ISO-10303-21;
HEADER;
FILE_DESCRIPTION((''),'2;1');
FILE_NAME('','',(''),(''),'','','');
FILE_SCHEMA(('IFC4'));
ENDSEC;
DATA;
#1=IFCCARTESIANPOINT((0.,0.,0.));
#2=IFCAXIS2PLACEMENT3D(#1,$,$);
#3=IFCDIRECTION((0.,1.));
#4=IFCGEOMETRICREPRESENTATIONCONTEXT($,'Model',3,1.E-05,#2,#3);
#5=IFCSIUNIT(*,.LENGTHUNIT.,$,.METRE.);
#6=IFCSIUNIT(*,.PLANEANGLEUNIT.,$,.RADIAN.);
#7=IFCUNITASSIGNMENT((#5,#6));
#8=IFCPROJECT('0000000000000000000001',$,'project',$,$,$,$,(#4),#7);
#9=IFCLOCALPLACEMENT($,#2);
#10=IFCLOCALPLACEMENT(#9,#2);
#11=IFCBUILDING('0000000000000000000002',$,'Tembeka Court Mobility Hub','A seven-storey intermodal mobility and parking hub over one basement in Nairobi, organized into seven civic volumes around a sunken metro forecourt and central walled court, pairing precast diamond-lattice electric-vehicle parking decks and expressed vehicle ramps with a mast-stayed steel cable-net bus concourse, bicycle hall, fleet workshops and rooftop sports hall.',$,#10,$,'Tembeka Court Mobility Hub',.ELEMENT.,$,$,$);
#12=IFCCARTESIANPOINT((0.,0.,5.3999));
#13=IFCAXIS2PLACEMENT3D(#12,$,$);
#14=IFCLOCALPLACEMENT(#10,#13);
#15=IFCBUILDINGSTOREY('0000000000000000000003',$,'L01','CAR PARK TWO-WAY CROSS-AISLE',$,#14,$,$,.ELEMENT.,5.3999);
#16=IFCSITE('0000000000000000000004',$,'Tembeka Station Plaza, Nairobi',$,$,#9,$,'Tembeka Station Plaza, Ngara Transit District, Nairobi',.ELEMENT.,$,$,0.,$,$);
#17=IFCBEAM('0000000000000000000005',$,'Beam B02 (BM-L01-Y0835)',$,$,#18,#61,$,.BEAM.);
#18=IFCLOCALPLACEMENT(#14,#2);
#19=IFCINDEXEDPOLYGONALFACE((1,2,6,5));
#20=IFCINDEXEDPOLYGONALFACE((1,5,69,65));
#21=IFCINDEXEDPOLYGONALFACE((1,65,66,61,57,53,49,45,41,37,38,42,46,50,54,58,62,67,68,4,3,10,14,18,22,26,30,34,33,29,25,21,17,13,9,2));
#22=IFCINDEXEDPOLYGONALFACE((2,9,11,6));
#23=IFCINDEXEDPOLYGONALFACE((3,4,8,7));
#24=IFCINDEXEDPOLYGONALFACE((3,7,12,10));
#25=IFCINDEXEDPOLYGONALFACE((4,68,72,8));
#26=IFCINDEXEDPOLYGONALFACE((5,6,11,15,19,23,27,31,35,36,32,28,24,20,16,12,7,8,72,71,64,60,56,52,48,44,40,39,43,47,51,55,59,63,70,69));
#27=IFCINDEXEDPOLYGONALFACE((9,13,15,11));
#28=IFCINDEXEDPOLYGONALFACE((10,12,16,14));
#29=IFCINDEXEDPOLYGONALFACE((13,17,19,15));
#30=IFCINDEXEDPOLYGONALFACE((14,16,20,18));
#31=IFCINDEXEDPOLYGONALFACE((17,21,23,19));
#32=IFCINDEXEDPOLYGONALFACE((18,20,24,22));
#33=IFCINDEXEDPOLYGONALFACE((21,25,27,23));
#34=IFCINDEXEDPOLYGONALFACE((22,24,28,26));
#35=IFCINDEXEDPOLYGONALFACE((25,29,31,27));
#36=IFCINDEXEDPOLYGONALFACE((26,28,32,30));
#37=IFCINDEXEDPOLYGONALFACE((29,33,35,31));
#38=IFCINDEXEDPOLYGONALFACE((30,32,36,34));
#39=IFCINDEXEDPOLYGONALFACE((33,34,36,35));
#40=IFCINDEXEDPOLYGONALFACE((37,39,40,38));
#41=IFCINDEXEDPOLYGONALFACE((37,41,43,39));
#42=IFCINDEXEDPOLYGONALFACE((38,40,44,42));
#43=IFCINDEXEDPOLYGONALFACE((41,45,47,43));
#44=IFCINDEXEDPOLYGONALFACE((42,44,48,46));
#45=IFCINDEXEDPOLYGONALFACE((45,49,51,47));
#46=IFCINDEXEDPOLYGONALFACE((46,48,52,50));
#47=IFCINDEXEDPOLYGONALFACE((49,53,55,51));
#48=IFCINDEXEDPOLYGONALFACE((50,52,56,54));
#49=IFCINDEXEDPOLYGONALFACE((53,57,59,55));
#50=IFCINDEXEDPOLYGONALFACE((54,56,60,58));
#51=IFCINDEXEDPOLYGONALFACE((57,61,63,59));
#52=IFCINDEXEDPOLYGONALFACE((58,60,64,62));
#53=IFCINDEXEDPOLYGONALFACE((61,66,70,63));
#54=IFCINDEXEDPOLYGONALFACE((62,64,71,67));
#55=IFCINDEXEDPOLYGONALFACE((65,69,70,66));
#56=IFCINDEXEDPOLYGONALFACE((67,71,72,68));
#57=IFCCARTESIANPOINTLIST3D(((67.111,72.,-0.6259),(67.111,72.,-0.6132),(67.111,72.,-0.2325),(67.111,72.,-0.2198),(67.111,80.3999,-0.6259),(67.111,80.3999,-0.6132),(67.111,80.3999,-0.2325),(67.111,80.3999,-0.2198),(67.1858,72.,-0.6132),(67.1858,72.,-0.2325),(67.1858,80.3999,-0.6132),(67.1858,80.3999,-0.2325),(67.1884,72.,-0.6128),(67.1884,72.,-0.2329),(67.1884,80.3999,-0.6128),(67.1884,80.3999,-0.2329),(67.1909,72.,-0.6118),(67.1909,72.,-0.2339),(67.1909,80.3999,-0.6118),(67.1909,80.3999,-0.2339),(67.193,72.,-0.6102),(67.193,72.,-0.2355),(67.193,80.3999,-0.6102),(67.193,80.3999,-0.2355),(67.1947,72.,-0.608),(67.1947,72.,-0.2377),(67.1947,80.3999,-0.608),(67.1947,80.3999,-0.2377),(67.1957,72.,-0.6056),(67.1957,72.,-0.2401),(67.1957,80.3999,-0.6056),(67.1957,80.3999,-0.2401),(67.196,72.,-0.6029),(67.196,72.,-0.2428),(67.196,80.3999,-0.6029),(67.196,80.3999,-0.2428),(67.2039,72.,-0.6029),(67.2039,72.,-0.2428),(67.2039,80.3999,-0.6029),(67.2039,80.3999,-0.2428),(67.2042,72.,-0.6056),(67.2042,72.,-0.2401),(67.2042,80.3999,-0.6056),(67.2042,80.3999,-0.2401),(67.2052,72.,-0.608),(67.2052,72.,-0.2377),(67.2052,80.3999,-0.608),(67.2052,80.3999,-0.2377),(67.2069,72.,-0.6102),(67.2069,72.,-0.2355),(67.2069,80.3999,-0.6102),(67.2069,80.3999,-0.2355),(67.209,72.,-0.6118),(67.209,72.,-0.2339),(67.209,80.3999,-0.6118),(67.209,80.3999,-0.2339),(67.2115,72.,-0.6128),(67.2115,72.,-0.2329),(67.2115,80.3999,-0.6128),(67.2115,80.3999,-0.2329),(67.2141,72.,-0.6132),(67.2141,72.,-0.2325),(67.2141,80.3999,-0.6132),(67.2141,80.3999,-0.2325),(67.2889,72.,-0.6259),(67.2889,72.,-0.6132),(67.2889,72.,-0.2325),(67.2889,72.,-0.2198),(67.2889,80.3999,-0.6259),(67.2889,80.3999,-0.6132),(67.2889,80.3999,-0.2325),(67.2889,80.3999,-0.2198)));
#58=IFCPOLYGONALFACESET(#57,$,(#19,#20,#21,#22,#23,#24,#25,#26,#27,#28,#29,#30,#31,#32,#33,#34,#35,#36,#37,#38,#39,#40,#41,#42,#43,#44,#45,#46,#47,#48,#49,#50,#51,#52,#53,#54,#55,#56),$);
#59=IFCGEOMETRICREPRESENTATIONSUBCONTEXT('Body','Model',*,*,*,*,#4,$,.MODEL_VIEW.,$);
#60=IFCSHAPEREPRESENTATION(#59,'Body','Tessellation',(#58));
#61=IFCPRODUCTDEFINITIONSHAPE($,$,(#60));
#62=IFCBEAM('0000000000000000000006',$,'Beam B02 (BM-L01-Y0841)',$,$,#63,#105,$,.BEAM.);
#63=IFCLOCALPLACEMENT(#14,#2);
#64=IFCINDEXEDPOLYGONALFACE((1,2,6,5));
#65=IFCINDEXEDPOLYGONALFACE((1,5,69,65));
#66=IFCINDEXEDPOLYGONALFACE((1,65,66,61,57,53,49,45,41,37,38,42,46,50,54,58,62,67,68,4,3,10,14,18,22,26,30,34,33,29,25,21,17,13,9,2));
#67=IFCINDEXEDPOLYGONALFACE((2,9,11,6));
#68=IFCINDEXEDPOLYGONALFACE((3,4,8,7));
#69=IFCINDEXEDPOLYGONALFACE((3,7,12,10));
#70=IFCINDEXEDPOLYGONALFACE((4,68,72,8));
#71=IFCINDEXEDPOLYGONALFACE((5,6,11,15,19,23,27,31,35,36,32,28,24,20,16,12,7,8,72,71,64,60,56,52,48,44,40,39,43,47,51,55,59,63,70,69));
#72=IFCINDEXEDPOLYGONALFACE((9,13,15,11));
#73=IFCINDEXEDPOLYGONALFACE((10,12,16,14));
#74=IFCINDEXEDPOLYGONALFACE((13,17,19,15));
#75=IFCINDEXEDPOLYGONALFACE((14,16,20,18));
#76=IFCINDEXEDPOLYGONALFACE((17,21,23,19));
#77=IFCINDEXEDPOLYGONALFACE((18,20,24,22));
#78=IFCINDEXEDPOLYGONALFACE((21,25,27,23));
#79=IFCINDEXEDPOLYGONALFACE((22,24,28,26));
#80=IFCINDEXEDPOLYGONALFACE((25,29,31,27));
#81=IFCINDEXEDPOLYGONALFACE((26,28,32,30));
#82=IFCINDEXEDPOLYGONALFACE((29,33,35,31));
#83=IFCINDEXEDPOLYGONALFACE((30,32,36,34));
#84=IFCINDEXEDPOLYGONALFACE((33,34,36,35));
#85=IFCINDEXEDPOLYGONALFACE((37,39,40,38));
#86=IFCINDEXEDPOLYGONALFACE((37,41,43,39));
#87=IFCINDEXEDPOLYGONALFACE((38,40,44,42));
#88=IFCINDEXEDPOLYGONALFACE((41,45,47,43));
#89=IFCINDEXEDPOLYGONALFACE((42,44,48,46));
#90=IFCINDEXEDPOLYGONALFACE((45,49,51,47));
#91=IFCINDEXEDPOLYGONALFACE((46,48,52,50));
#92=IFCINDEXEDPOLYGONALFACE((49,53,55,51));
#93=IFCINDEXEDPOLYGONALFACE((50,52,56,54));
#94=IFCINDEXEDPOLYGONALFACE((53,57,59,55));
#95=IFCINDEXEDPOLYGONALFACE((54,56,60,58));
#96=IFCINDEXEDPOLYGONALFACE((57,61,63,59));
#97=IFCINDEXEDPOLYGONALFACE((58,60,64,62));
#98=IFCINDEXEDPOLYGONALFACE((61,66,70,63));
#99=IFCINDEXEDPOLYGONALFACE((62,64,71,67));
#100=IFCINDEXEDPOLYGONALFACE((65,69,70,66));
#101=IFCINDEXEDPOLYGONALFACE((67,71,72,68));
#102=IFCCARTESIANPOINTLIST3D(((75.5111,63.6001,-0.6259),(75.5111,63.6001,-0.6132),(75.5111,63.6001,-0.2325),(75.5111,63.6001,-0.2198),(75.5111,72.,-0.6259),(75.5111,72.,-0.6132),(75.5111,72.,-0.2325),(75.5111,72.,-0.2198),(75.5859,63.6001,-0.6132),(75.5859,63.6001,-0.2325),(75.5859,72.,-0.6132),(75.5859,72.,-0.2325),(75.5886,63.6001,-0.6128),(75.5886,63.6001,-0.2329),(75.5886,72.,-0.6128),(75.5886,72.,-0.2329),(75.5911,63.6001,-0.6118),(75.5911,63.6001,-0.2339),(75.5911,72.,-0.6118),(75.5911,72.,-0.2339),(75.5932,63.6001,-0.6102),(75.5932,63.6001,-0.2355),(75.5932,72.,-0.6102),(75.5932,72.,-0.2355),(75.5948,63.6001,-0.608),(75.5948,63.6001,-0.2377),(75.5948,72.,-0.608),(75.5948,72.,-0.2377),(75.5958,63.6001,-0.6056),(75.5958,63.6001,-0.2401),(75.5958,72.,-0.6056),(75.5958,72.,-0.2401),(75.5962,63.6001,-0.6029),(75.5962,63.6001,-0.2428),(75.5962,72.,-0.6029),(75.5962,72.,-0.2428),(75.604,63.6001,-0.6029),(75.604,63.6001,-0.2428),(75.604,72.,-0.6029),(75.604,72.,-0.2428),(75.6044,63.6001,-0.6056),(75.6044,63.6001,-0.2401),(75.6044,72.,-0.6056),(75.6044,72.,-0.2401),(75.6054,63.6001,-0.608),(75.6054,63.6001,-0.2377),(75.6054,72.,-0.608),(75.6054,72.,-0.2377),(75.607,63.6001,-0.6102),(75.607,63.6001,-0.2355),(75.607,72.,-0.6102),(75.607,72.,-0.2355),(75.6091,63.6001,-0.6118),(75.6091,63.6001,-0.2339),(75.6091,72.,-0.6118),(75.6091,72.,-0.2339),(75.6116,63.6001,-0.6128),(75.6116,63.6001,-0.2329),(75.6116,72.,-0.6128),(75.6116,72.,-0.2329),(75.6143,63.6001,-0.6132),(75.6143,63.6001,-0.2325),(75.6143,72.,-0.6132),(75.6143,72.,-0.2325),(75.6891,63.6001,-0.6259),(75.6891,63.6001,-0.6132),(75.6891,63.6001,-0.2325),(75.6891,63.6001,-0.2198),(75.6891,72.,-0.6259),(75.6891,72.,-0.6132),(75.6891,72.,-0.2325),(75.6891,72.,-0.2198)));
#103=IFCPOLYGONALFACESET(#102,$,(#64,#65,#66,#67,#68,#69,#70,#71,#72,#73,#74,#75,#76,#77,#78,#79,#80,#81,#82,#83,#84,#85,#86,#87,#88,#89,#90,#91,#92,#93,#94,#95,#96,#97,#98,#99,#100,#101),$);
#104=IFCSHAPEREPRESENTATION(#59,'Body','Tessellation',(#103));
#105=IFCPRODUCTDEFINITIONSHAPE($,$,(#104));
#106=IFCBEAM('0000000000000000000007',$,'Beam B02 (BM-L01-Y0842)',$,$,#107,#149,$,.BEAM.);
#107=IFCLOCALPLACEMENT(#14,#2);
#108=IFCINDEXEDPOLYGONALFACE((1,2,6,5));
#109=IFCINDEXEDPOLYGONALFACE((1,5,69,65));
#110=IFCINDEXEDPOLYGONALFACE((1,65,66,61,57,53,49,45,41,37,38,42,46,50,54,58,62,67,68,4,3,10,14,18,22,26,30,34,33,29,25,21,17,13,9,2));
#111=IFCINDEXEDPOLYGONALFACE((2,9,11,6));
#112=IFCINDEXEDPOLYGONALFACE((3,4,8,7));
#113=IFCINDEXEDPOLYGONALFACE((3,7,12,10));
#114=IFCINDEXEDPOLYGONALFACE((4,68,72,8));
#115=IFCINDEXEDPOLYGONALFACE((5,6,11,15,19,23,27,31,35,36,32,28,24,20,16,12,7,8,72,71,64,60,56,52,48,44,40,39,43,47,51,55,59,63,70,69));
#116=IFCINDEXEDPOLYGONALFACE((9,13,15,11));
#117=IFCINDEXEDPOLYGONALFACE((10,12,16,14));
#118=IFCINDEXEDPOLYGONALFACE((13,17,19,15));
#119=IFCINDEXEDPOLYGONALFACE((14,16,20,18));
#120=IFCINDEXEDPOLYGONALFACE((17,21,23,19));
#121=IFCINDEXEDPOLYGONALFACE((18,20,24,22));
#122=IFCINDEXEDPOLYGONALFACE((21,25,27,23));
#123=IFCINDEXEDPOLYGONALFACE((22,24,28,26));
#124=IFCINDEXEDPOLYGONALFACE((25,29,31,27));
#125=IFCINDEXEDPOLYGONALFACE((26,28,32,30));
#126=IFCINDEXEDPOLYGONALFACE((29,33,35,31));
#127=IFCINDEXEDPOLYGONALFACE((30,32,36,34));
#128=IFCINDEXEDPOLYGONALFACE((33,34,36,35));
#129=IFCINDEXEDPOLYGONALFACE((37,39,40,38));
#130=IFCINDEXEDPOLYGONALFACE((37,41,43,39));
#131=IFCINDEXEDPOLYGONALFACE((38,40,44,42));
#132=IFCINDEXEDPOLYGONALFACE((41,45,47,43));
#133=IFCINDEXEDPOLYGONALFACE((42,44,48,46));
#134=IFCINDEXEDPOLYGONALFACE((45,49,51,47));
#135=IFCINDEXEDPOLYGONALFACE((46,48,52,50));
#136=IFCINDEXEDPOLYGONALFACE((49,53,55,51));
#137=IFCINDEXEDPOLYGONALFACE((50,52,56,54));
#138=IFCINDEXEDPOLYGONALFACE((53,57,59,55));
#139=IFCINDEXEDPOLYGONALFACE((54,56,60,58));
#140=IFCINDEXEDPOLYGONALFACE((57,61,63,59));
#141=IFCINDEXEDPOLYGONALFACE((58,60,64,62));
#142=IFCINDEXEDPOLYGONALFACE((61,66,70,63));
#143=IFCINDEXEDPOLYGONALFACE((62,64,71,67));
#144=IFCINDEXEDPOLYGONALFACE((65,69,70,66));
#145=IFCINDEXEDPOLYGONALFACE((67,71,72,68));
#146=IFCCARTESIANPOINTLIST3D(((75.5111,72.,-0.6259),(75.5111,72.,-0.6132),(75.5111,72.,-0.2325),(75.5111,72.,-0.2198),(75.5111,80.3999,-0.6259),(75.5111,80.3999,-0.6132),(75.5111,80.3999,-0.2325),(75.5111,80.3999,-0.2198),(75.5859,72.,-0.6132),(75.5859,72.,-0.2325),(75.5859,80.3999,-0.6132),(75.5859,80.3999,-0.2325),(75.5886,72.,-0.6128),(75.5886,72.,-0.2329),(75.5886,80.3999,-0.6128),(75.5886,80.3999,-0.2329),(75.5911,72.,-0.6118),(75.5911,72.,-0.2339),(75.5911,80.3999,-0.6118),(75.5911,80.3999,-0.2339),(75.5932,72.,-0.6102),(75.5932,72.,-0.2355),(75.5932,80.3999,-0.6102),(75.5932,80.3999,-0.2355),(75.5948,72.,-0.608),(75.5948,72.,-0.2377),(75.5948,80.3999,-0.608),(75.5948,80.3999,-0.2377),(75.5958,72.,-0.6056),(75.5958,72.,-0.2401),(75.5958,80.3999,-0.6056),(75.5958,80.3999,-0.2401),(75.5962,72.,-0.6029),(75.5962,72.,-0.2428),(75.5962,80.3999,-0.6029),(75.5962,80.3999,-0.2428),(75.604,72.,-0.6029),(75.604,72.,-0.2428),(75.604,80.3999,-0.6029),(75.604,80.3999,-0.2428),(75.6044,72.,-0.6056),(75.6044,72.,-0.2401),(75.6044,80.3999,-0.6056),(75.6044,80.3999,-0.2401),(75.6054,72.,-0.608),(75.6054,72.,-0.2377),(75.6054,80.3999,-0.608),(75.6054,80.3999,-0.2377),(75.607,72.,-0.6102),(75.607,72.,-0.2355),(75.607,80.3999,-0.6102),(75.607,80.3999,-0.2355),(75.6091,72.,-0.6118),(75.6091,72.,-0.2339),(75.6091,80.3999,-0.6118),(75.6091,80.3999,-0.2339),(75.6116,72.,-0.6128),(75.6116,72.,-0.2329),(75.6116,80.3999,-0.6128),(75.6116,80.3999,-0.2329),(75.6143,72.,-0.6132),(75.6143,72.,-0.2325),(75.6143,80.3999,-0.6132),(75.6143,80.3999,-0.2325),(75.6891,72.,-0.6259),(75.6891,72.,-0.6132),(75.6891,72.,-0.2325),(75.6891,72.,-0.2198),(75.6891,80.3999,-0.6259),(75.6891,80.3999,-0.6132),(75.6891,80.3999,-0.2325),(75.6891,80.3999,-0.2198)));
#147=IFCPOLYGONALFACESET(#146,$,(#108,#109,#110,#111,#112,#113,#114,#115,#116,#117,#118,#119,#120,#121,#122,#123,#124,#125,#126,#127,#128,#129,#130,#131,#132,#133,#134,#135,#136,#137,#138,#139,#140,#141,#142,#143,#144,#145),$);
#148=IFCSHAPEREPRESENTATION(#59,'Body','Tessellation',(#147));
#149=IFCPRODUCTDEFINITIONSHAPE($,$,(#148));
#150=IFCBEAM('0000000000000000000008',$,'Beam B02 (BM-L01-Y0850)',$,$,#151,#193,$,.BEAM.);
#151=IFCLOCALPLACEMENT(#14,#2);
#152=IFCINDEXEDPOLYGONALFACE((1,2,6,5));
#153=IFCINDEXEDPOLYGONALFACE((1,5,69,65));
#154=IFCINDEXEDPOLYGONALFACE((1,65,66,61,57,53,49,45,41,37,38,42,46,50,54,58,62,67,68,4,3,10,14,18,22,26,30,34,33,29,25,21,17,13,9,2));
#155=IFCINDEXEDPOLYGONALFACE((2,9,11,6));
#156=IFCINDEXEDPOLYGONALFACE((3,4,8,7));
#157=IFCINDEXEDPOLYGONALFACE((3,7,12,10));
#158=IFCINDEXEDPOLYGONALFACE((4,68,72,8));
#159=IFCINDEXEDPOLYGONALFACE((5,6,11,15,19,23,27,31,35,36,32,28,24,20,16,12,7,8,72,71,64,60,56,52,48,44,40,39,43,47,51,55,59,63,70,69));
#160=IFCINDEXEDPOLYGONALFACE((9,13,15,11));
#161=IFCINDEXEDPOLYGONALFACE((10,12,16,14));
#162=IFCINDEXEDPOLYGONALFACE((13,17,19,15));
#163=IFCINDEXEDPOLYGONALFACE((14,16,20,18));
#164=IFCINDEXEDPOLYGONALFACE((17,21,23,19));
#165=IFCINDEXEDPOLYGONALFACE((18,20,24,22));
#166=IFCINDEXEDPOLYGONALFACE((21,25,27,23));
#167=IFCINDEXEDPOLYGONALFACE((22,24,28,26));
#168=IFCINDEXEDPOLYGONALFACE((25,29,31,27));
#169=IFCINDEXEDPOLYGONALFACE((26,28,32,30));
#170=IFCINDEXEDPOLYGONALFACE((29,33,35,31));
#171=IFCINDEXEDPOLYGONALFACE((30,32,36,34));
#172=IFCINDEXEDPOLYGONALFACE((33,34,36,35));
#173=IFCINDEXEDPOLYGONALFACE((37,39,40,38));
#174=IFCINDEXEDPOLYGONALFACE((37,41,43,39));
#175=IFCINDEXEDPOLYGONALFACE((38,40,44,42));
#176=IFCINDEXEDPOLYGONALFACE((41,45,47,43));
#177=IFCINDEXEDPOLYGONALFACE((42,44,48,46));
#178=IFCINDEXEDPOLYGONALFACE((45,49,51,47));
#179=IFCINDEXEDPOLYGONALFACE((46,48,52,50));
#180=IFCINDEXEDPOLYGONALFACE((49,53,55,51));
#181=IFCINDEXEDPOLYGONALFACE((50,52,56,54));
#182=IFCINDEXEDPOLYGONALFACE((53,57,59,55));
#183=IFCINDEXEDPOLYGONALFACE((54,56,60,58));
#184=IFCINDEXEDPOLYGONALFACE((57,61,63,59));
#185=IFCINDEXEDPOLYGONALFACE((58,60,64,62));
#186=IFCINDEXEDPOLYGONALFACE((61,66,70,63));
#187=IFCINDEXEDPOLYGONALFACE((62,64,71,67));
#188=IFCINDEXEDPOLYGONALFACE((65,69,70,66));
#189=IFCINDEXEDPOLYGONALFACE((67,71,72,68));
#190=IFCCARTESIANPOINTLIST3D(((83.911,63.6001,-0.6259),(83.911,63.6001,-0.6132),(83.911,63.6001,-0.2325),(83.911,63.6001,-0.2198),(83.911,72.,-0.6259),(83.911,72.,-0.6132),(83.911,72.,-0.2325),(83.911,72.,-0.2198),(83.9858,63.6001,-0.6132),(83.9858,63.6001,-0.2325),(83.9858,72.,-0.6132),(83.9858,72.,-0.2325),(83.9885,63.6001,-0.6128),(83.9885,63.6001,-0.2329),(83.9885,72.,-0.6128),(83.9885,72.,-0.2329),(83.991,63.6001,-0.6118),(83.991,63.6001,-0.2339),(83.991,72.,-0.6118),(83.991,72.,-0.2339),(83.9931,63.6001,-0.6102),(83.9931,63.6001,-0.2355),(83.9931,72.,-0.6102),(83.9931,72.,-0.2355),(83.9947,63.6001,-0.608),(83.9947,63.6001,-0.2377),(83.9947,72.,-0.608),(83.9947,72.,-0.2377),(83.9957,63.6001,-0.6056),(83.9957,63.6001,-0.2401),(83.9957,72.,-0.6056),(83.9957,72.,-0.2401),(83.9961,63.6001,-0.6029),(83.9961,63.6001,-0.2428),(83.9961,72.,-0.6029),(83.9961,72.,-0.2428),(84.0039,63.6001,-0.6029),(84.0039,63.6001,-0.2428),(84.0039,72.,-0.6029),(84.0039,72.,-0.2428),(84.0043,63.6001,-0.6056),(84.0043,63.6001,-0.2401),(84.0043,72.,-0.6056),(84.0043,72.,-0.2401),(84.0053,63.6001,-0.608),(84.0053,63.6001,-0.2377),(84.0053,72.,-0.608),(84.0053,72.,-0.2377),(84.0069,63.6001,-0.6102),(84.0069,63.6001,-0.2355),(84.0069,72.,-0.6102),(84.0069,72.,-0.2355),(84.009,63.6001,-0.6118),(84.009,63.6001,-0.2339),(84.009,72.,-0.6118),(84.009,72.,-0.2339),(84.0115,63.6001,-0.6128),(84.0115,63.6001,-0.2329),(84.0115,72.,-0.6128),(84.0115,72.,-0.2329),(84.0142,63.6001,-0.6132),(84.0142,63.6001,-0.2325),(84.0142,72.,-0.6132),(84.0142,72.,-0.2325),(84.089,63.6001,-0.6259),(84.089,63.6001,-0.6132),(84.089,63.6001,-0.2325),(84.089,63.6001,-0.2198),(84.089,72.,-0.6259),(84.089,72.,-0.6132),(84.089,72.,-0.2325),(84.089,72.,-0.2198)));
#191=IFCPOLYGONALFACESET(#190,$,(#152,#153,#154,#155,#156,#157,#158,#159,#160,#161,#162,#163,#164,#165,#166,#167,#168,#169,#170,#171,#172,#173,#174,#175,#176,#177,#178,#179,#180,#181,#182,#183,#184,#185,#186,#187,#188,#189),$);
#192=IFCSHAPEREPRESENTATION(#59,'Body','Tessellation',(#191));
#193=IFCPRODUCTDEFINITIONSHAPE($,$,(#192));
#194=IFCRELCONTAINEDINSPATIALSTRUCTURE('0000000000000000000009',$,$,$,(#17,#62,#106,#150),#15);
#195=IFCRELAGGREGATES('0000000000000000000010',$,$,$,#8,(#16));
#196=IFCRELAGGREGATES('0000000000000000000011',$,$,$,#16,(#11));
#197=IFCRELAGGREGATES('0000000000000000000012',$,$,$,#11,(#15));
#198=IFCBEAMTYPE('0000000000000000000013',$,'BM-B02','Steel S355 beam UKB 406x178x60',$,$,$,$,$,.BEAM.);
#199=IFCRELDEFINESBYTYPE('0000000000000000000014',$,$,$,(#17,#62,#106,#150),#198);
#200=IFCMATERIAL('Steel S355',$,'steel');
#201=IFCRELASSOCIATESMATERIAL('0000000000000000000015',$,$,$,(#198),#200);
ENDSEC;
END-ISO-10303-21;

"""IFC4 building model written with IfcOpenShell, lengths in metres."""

from ifc_helpers import new_model, si_unit, direction, frame, origin, origin_2d, place, context, subcontext, project, spatial, i_section, extrude, material, material_profile, profile_set, type_object, element, save


model = new_model("IFC4")

# Units and contexts
model_context = context("Model", 3, precision=1e-05, world=origin(), true_north=direction((0.0, 1.0)))
body_context = subcontext(model_context, "Body", "Model", "MODEL_VIEW")
ifc_project = project(units=[si_unit("LENGTHUNIT", "METRE"), si_unit("PLANEANGLEUNIT", "RADIAN")], contexts=[model_context])

# Site, building, storey
site_placement = place(None, origin())
site = spatial("IfcSite", under=ifc_project, at=site_placement, Name="Tembeka Station Plaza, Nairobi", LongName="Tembeka Station Plaza, Ngara Transit District, Nairobi", CompositionType="ELEMENT", RefElevation=0.0)
building_placement = place(site_placement, origin())
building = spatial("IfcBuilding", under=site, at=building_placement, Name="Tembeka Court Mobility Hub", Description="A seven-storey intermodal mobility and parking hub over one basement in Nairobi, organized into seven civic volumes around a sunken metro forecourt and central walled court, pairing precast diamond-lattice electric-vehicle parking decks and expressed vehicle ramps with a mast-stayed steel cable-net bus concourse, bicycle hall, fleet workshops and rooftop sports hall.", LongName="Tembeka Court Mobility Hub", CompositionType="ELEMENT")
storey_placement = place(building_placement, frame((0.0, 0.0, 5.3999)))
storey = spatial("IfcBuildingStorey", under=building, at=storey_placement, Name="L01", Description="CAR PARK TWO-WAY CROSS-AISLE", CompositionType="ELEMENT", Elevation=5.3999)

# Shared definitions
ifc_material = material(Name="Steel S355", Category="steel")

# Beams
ifc_material_profile_1 = material_profile(ifc_material, i_section(OverallWidth=0.178, OverallDepth=0.406, WebThickness=0.0078, FlangeThickness=0.0127, FilletRadius=0.0103, at=origin_2d()), Name="UKB 406x178x60")
ifc_profile_set_1 = profile_set([ifc_material_profile_1], Name="Steel S355")
beam_type_1 = type_object("IfcBeamType", Name="BM-B02", Description="Steel S355 beam UKB 406x178x60", PredefinedType="BEAM", material=ifc_profile_set_1)
for number, where, z_axis, x_axis, name in (
    (1, (67.2, 72.0, -0.4229), (0.0, 1.0, 0.0), (-1.0, 0.0, 0.0), "Beam B02 (BM-L01-Y0835)"),
    (2, (75.6001, 63.6001, -0.4229), (0.0, 1.0, 0.0), (-1.0, 0.0, 0.0), "Beam B02 (BM-L01-Y0841)"),
    (3, (75.6001, 72.0, -0.4229), (0.0, 1.0, 0.0), (-1.0, 0.0, 0.0), "Beam B02 (BM-L01-Y0842)"),
    (4, (84.0, 63.6001, -0.4229), (0.0, 1.0, 0.0), (-1.0, 0.0, 0.0), "Beam B02 (BM-L01-Y0850)"),
):
    element("IfcBeam", number, at=place(storey_placement, frame(where, z_axis=z_axis, x_axis=x_axis)), inside=storey, type_object=beam_type_1, Name=name, PredefinedType="BEAM", context=body_context, shape_type="SweptSolid", body=[
        extrude(i_section(OverallWidth=0.178, OverallDepth=0.406, WebThickness=0.0078, FlangeThickness=0.0127, FilletRadius=0.0103, at=origin_2d()), origin(), (0.0, 0.0, 1.0), 8.3999),
    ])

save(model, "model.ifc")
